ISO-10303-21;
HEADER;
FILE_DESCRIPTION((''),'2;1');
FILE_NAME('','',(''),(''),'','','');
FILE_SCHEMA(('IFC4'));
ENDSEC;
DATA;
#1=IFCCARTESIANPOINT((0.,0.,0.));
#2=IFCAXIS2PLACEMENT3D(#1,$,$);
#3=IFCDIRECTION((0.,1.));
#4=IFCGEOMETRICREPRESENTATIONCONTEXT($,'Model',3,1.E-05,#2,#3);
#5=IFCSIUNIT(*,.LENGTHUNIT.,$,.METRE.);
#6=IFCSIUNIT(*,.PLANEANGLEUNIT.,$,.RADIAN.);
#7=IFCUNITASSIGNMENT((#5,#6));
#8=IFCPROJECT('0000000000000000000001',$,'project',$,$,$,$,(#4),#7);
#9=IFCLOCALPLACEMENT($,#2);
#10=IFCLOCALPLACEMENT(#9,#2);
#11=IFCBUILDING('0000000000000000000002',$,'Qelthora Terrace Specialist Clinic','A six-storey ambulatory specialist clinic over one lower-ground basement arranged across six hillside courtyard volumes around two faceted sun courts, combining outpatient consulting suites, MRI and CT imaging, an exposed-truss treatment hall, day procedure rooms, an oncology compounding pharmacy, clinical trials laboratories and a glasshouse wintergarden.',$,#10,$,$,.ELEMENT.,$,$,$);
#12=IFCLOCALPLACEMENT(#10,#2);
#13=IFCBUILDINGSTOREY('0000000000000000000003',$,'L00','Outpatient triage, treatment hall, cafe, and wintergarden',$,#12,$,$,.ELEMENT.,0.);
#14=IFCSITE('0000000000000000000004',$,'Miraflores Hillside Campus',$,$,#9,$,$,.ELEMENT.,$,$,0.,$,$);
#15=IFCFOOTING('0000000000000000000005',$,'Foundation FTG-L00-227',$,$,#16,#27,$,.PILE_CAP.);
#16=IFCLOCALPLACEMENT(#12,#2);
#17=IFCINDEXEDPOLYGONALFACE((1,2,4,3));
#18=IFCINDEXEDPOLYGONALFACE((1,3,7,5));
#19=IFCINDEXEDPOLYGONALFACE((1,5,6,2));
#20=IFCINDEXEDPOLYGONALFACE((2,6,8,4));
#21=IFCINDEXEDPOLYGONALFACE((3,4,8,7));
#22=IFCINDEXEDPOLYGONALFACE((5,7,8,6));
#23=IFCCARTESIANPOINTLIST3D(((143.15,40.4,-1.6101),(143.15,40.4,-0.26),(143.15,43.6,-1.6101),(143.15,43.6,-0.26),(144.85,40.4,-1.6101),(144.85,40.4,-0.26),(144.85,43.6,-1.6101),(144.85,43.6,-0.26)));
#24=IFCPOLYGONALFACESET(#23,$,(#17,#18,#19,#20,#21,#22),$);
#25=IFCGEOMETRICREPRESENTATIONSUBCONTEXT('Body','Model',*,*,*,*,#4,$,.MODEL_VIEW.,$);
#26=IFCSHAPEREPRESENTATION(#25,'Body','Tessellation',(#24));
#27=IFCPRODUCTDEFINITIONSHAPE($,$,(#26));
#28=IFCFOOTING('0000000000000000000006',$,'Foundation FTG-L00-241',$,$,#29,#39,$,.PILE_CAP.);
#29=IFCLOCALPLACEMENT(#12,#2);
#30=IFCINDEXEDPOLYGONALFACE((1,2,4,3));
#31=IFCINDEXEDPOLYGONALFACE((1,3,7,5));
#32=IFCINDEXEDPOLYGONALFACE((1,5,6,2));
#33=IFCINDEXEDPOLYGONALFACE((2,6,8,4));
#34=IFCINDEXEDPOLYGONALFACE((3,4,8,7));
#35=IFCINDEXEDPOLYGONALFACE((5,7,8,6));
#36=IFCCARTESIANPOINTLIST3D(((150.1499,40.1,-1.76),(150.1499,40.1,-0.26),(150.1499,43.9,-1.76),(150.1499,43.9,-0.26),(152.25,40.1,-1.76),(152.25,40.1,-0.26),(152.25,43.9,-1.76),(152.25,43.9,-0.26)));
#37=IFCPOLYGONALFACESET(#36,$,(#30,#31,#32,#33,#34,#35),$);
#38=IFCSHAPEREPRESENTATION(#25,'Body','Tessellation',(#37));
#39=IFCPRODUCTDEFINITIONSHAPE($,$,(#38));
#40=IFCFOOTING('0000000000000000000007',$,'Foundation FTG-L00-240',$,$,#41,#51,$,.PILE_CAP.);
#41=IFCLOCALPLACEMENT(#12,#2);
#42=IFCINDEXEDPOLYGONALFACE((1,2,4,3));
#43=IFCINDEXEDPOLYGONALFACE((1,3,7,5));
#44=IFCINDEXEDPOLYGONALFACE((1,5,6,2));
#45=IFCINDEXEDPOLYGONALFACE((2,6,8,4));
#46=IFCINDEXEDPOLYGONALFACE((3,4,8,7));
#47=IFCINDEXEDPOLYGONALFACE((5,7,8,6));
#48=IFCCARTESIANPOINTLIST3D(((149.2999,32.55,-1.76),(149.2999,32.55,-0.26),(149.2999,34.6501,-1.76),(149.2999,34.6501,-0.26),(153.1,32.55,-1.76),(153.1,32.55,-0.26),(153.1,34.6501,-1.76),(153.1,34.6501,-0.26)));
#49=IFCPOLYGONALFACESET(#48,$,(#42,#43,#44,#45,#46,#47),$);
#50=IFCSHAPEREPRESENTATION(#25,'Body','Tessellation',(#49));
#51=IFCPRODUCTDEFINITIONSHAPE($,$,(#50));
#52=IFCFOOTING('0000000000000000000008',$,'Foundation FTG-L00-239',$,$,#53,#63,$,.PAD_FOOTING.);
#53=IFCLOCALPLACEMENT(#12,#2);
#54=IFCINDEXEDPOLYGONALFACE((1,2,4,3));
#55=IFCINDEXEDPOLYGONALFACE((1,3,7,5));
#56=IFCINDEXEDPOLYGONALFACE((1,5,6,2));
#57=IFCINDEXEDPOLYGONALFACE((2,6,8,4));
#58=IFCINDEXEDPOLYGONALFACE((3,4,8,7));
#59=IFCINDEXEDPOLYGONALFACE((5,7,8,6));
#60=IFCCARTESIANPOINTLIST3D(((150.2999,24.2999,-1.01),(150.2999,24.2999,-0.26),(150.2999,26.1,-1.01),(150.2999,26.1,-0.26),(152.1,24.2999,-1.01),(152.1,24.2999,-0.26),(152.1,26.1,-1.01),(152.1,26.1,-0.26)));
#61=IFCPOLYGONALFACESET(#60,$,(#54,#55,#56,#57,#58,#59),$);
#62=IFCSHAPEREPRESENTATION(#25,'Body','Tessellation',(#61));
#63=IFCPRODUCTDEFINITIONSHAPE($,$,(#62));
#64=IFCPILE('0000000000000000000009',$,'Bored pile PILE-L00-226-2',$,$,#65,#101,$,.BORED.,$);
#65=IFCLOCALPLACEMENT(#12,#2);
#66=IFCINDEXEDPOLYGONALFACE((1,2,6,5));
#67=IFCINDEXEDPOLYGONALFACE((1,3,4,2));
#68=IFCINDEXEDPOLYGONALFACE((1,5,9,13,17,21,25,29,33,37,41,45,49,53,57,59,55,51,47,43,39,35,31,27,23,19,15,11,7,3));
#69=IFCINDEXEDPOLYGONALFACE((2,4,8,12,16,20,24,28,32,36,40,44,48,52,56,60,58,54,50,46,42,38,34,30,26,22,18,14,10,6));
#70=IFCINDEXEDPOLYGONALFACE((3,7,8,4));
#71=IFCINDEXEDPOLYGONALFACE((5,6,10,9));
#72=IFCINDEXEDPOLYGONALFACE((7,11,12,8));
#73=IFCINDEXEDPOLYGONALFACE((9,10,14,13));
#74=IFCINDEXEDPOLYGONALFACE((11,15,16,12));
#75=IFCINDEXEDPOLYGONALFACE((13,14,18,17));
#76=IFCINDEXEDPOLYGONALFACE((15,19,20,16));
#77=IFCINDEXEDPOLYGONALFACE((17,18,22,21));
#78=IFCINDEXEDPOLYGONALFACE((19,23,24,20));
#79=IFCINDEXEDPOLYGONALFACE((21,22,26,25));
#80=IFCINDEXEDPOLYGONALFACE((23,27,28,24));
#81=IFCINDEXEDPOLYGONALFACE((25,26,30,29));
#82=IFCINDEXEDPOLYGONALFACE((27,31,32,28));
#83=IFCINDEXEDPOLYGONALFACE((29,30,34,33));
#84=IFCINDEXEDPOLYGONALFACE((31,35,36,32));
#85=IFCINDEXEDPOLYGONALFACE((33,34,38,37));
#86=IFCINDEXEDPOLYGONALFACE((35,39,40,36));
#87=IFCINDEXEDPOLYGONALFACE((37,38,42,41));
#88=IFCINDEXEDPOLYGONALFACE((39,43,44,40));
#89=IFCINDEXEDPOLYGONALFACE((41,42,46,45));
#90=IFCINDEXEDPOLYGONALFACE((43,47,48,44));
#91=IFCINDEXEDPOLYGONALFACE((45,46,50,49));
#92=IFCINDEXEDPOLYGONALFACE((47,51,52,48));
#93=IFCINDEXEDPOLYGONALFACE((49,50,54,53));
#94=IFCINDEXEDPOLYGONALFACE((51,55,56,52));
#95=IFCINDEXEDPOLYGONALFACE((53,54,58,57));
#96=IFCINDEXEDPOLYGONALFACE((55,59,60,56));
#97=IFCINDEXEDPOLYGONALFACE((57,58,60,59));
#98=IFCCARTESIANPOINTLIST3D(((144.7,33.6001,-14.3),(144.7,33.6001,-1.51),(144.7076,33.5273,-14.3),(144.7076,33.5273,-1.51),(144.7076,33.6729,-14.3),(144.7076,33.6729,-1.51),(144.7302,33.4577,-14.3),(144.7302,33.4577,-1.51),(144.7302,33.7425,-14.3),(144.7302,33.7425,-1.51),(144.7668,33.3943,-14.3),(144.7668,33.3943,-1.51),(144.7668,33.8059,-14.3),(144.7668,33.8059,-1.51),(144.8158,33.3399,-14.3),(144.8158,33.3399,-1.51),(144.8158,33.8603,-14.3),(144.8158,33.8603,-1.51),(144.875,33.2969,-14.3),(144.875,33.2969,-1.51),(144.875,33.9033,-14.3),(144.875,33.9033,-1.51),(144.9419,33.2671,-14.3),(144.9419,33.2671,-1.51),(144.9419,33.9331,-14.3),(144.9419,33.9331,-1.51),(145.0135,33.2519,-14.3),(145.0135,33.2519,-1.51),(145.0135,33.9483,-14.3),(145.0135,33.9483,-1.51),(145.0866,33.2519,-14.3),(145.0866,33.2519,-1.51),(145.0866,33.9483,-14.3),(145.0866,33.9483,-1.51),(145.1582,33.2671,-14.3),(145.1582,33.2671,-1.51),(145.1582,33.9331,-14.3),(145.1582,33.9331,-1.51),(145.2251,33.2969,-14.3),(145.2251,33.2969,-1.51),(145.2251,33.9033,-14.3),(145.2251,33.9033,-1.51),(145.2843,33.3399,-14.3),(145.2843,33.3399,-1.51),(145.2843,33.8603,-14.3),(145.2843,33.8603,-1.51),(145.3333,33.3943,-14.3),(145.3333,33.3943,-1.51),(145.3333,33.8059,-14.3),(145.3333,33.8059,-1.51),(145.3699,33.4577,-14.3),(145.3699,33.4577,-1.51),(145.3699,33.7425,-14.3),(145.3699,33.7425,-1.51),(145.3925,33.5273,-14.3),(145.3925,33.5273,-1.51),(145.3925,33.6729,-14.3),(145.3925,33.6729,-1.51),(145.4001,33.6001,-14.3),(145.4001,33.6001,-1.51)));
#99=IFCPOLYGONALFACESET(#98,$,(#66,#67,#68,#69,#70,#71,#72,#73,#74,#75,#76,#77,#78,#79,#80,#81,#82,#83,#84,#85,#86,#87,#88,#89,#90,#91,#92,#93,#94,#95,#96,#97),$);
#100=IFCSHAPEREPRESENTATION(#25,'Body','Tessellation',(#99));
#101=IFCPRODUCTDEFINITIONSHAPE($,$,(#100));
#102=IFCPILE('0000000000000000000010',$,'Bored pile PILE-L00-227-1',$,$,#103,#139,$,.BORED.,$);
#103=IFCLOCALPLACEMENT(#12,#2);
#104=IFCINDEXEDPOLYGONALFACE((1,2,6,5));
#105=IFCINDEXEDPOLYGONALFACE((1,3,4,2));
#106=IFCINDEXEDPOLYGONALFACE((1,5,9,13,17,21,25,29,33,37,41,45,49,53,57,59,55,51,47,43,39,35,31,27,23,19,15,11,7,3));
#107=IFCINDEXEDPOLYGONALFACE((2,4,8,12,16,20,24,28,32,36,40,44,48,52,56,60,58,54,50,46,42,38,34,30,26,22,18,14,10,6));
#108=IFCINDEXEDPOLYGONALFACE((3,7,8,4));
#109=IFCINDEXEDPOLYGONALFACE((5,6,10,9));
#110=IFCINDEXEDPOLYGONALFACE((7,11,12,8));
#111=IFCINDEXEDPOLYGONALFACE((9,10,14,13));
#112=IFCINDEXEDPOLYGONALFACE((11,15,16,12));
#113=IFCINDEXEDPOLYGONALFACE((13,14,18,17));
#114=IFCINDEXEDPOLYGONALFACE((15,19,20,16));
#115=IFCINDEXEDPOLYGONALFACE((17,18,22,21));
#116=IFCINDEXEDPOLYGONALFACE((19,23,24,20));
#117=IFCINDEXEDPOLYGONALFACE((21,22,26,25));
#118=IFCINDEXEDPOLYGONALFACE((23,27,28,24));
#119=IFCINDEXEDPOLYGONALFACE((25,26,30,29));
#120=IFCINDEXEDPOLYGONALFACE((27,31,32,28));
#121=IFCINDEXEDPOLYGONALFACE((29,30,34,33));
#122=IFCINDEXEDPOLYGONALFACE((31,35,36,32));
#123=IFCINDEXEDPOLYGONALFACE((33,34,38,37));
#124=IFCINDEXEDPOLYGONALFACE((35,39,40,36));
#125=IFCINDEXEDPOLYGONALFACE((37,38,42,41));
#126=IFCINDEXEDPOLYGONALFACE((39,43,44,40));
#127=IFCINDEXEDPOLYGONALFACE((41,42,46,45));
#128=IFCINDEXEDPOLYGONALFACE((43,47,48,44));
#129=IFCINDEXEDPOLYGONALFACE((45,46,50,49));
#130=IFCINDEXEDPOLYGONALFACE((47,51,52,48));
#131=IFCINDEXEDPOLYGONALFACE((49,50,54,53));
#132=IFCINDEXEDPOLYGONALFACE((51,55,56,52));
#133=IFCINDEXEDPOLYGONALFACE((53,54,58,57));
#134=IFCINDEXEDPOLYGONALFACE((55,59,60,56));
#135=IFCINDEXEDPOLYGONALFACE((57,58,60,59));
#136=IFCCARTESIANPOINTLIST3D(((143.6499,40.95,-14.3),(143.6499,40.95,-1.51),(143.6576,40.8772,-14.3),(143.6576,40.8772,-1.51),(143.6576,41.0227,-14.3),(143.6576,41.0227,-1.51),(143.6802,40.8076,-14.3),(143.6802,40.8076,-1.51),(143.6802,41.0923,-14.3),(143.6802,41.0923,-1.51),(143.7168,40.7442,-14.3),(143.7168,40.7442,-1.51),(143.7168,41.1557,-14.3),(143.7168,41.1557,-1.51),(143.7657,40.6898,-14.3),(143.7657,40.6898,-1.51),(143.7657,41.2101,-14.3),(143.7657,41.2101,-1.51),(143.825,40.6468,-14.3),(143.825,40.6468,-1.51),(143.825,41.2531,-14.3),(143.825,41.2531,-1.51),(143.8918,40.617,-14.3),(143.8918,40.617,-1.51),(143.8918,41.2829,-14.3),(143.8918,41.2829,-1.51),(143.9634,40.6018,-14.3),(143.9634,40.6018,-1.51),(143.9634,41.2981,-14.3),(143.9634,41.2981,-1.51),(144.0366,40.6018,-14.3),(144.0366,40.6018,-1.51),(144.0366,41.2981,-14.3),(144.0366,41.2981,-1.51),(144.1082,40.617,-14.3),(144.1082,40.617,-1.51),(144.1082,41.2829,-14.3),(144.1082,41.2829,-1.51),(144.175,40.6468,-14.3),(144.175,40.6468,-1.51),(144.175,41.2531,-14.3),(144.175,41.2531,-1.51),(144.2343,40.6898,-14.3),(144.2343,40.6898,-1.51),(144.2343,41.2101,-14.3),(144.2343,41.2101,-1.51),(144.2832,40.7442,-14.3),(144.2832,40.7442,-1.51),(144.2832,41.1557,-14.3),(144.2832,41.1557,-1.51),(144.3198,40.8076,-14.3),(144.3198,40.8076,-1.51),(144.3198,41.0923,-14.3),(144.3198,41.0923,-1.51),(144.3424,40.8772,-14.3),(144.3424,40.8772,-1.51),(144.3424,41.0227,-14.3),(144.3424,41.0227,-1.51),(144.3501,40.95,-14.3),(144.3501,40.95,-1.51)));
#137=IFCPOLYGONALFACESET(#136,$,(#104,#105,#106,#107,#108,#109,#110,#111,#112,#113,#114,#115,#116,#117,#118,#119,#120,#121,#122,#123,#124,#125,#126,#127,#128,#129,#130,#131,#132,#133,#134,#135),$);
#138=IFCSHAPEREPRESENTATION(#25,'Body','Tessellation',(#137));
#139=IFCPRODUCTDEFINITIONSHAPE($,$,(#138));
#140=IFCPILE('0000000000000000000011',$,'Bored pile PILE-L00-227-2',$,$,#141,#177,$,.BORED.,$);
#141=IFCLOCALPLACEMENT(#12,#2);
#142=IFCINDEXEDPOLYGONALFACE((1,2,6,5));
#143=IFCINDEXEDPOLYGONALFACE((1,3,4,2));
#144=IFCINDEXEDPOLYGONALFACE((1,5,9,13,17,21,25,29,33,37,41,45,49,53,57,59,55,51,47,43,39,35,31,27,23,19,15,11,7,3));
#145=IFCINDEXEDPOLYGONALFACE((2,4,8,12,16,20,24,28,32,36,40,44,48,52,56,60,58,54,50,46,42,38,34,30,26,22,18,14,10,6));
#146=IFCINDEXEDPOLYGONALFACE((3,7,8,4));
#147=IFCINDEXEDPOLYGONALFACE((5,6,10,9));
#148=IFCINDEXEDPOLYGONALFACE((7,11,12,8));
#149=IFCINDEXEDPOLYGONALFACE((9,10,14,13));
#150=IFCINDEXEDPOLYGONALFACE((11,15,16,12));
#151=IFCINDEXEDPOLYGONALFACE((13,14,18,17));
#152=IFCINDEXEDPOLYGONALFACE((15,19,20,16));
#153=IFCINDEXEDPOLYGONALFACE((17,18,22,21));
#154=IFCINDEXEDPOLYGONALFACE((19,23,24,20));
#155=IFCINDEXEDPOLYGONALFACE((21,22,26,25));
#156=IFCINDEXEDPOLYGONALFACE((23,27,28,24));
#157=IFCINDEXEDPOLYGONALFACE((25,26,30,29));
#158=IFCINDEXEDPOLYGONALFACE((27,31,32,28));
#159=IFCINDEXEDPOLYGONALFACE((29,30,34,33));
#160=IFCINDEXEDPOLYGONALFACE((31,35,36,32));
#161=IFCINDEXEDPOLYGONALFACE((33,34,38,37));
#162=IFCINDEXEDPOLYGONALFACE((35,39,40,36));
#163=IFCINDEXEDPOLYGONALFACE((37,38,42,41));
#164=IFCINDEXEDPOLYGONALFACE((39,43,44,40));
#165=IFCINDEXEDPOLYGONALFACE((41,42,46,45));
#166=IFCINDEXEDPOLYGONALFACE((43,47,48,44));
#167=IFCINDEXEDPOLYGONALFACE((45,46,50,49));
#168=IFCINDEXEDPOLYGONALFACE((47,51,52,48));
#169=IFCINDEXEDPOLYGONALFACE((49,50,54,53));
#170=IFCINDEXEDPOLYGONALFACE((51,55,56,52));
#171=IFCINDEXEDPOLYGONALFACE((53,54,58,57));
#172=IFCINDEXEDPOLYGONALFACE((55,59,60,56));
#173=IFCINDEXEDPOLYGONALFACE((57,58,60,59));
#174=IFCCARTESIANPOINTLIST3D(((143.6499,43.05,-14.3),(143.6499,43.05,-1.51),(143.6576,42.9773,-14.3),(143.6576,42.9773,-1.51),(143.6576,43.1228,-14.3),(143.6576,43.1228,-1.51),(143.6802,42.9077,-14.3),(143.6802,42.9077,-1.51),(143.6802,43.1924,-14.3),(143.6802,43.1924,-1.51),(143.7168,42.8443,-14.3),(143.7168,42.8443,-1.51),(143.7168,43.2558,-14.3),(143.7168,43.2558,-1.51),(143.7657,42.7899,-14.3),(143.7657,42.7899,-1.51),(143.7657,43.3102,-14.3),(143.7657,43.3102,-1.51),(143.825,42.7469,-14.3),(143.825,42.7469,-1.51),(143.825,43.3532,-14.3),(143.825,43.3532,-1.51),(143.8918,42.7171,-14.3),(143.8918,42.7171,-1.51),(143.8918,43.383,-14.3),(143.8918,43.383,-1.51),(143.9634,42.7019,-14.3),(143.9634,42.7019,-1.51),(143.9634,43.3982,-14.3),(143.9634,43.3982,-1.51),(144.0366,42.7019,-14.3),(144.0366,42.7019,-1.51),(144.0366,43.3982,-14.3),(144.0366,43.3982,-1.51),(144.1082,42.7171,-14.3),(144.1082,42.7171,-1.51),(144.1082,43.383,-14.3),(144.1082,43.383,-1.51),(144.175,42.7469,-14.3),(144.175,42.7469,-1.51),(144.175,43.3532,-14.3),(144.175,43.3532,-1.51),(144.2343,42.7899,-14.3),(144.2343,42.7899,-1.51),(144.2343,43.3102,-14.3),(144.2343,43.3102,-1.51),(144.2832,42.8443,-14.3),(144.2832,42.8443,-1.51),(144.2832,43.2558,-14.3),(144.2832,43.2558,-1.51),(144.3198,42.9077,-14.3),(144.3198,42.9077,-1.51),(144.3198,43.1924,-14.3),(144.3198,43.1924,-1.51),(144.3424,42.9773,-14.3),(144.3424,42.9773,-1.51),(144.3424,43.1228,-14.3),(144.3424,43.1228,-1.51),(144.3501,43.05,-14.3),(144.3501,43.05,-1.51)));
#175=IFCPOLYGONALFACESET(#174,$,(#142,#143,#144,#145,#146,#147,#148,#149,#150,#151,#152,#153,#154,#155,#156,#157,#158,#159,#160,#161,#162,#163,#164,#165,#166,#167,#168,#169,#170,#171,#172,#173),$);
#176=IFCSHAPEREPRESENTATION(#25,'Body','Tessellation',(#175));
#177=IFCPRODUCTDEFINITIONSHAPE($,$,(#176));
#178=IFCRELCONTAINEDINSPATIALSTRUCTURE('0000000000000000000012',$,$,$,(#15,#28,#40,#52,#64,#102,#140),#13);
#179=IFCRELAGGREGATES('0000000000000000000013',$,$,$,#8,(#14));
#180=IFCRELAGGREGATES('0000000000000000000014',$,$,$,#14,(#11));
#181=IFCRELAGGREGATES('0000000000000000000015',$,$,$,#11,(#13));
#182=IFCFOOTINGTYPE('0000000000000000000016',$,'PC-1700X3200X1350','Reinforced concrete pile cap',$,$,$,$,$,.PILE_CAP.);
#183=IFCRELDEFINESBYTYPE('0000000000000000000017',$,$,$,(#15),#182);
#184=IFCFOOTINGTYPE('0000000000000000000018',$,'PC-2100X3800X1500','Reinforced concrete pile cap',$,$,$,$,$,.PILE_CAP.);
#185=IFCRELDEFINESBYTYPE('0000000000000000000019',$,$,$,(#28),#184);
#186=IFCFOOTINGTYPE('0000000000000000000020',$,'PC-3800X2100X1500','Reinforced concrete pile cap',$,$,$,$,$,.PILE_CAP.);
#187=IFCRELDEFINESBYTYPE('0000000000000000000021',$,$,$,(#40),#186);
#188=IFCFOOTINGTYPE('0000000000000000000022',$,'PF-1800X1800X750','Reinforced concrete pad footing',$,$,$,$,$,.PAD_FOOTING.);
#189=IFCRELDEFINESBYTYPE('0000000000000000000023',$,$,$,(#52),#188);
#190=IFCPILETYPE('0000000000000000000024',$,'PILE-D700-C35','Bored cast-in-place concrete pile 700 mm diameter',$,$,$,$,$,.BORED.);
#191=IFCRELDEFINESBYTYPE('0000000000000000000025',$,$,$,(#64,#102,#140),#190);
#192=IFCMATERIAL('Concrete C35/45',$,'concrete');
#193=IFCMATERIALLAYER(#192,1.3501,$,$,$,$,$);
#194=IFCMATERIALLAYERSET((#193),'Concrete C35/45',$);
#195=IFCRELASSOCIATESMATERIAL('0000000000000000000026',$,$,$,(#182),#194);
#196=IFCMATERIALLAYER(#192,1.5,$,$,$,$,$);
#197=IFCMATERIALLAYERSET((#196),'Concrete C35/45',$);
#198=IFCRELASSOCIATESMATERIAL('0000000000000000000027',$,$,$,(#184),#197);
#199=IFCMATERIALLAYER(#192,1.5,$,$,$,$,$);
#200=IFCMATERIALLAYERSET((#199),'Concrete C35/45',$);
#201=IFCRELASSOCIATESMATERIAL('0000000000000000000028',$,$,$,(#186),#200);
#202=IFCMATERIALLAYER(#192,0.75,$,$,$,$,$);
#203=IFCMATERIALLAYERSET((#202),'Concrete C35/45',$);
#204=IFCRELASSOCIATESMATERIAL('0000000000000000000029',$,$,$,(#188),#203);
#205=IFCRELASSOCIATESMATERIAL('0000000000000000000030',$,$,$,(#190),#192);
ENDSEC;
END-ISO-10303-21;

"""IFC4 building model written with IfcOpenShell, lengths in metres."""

from ifc_helpers import new_model, si_unit, direction, frame, origin, origin_2d, place, context, subcontext, project, spatial, rectangle, circle, extrude, material, layer, layer_set, material_profile, profile_set, type_object, element, save


model = new_model("IFC4")

# Units and contexts
model_context = context("Model", 3, precision=1e-05, world=origin(), true_north=direction((0.0, 1.0)))
body_context = subcontext(model_context, "Body", "Model", "MODEL_VIEW")
ifc_project = project(units=[si_unit("LENGTHUNIT", "METRE"), si_unit("PLANEANGLEUNIT", "RADIAN")], contexts=[model_context])

# Site, building, storey
site_placement = place(None, origin())
site = spatial("IfcSite", under=ifc_project, at=site_placement, Name="Miraflores Hillside Campus", CompositionType="ELEMENT", RefElevation=0.0)
building_placement = place(site_placement, origin())
building = spatial("IfcBuilding", under=site, at=building_placement, Name="Qelthora Terrace Specialist Clinic", Description="A six-storey ambulatory specialist clinic over one lower-ground basement arranged across six hillside courtyard volumes around two faceted sun courts, combining outpatient consulting suites, MRI and CT imaging, an exposed-truss treatment hall, day procedure rooms, an oncology compounding pharmacy, clinical trials laboratories and a glasshouse wintergarden.", CompositionType="ELEMENT")
storey_placement = place(building_placement, origin())
storey = spatial("IfcBuildingStorey", under=building, at=storey_placement, Name="L00", Description="Outpatient triage, treatment hall, cafe, and wintergarden", CompositionType="ELEMENT", Elevation=0.0)

# Footings
ifc_material_1 = material(Name="Concrete C35/45", Category="concrete")
ifc_layer_1 = layer(ifc_material_1, 1.3501)
ifc_layer_set_1 = layer_set([ifc_layer_1], Name="Concrete C35/45")
footing_type_1 = type_object("IfcFootingType", Name="PC-1700X3200X1350", Description="Reinforced concrete pile cap", PredefinedType="PILE_CAP", material=ifc_layer_set_1)
footing_1_placement = place(storey_placement, frame((144.0, 42.0, -1.6101), z_axis=(0.0, 0.0, 1.0), x_axis=(1.0, 0.0, 0.0)))
element("IfcFooting", 1, at=footing_1_placement, inside=storey, type_object=footing_type_1, Name="Foundation FTG-L00-227", PredefinedType="PILE_CAP", context=body_context, shape_type="SweptSolid", body=[
    extrude(rectangle(XDim=1.7, YDim=3.2, at=origin_2d()), origin(), (0.0, 0.0, 1.0), 1.3501),
])
ifc_layer_2 = layer(ifc_material_1, 1.5)
ifc_layer_set_2 = layer_set([ifc_layer_2], Name="Concrete C35/45")
footing_type_2 = type_object("IfcFootingType", Name="PC-2100X3800X1500", Description="Reinforced concrete pile cap", PredefinedType="PILE_CAP", material=ifc_layer_set_2)
footing_2_placement = place(storey_placement, frame((151.2, 42.0, -1.76), z_axis=(0.0, 0.0, 1.0), x_axis=(1.0, 0.0, 0.0)))
element("IfcFooting", 2, at=footing_2_placement, inside=storey, type_object=footing_type_2, Name="Foundation FTG-L00-241", PredefinedType="PILE_CAP", context=body_context, shape_type="SweptSolid", body=[
    extrude(rectangle(XDim=2.1001, YDim=3.8, at=origin_2d()), origin(), (0.0, 0.0, 1.0), 1.5),
])
ifc_layer_3 = layer(ifc_material_1, 1.5)
ifc_layer_set_3 = layer_set([ifc_layer_3], Name="Concrete C35/45")
footing_type_3 = type_object("IfcFootingType", Name="PC-3800X2100X1500", Description="Reinforced concrete pile cap", PredefinedType="PILE_CAP", material=ifc_layer_set_3)
footing_3_placement = place(storey_placement, frame((151.2, 33.6001, -1.76), z_axis=(0.0, 0.0, 1.0), x_axis=(1.0, 0.0, 0.0)))
element("IfcFooting", 3, at=footing_3_placement, inside=storey, type_object=footing_type_3, Name="Foundation FTG-L00-240", PredefinedType="PILE_CAP", context=body_context, shape_type="SweptSolid", body=[
    extrude(rectangle(XDim=3.8, YDim=2.1001, at=origin_2d()), origin(), (0.0, 0.0, 1.0), 1.5),
])
ifc_layer_4 = layer(ifc_material_1, 0.75)
ifc_layer_set_4 = layer_set([ifc_layer_4], Name="Concrete C35/45")
footing_type_4 = type_object("IfcFootingType", Name="PF-1800X1800X750", Description="Reinforced concrete pad footing", PredefinedType="PAD_FOOTING", material=ifc_layer_set_4)
footing_4_placement = place(storey_placement, frame((151.2, 25.2, -1.01), z_axis=(0.0, 0.0, 1.0), x_axis=(1.0, 0.0, 0.0)))
element("IfcFooting", 4, at=footing_4_placement, inside=storey, type_object=footing_type_4, Name="Foundation FTG-L00-239", PredefinedType="PAD_FOOTING", context=body_context, shape_type="SweptSolid", body=[
    extrude(rectangle(XDim=1.8, YDim=1.8, at=origin_2d()), origin(), (0.0, 0.0, 1.0), 0.75),
])

# Piles
ifc_material_profile_1 = material_profile(ifc_material_1, circle(Radius=0.3501, at=origin_2d()), Name="PILE700")
ifc_profile_set_1 = profile_set([ifc_material_profile_1], Name="Concrete C35/45")
pile_type_1 = type_object("IfcPileType", Name="PILE-D700-C35", Description="Bored cast-in-place concrete pile 700 mm diameter", PredefinedType="BORED", material=ifc_profile_set_1)
for number, where, z_axis, x_axis, name in (
    (5, (145.05, 33.6001, -1.51), (0.0, 0.0, -1.0), (1.0, 0.0, 0.0), "Bored pile PILE-L00-226-2"),
    (6, (144.0, 40.95, -1.51), (0.0, 0.0, -1.0), (1.0, 0.0, 0.0), "Bored pile PILE-L00-227-1"),
    (7, (144.0, 43.05, -1.51), (0.0, 0.0, -1.0), (1.0, 0.0, 0.0), "Bored pile PILE-L00-227-2"),
):
    element("IfcPile", number, at=place(storey_placement, frame(where, z_axis=z_axis, x_axis=x_axis)), inside=storey, type_object=pile_type_1, Name=name, PredefinedType="BORED", context=body_context, shape_type="SweptSolid", body=[
        extrude(circle(Radius=0.3501, at=origin_2d()), origin(), (0.0, 0.0, 1.0), 12.79),
    ])

save(model, "model.ifc")
